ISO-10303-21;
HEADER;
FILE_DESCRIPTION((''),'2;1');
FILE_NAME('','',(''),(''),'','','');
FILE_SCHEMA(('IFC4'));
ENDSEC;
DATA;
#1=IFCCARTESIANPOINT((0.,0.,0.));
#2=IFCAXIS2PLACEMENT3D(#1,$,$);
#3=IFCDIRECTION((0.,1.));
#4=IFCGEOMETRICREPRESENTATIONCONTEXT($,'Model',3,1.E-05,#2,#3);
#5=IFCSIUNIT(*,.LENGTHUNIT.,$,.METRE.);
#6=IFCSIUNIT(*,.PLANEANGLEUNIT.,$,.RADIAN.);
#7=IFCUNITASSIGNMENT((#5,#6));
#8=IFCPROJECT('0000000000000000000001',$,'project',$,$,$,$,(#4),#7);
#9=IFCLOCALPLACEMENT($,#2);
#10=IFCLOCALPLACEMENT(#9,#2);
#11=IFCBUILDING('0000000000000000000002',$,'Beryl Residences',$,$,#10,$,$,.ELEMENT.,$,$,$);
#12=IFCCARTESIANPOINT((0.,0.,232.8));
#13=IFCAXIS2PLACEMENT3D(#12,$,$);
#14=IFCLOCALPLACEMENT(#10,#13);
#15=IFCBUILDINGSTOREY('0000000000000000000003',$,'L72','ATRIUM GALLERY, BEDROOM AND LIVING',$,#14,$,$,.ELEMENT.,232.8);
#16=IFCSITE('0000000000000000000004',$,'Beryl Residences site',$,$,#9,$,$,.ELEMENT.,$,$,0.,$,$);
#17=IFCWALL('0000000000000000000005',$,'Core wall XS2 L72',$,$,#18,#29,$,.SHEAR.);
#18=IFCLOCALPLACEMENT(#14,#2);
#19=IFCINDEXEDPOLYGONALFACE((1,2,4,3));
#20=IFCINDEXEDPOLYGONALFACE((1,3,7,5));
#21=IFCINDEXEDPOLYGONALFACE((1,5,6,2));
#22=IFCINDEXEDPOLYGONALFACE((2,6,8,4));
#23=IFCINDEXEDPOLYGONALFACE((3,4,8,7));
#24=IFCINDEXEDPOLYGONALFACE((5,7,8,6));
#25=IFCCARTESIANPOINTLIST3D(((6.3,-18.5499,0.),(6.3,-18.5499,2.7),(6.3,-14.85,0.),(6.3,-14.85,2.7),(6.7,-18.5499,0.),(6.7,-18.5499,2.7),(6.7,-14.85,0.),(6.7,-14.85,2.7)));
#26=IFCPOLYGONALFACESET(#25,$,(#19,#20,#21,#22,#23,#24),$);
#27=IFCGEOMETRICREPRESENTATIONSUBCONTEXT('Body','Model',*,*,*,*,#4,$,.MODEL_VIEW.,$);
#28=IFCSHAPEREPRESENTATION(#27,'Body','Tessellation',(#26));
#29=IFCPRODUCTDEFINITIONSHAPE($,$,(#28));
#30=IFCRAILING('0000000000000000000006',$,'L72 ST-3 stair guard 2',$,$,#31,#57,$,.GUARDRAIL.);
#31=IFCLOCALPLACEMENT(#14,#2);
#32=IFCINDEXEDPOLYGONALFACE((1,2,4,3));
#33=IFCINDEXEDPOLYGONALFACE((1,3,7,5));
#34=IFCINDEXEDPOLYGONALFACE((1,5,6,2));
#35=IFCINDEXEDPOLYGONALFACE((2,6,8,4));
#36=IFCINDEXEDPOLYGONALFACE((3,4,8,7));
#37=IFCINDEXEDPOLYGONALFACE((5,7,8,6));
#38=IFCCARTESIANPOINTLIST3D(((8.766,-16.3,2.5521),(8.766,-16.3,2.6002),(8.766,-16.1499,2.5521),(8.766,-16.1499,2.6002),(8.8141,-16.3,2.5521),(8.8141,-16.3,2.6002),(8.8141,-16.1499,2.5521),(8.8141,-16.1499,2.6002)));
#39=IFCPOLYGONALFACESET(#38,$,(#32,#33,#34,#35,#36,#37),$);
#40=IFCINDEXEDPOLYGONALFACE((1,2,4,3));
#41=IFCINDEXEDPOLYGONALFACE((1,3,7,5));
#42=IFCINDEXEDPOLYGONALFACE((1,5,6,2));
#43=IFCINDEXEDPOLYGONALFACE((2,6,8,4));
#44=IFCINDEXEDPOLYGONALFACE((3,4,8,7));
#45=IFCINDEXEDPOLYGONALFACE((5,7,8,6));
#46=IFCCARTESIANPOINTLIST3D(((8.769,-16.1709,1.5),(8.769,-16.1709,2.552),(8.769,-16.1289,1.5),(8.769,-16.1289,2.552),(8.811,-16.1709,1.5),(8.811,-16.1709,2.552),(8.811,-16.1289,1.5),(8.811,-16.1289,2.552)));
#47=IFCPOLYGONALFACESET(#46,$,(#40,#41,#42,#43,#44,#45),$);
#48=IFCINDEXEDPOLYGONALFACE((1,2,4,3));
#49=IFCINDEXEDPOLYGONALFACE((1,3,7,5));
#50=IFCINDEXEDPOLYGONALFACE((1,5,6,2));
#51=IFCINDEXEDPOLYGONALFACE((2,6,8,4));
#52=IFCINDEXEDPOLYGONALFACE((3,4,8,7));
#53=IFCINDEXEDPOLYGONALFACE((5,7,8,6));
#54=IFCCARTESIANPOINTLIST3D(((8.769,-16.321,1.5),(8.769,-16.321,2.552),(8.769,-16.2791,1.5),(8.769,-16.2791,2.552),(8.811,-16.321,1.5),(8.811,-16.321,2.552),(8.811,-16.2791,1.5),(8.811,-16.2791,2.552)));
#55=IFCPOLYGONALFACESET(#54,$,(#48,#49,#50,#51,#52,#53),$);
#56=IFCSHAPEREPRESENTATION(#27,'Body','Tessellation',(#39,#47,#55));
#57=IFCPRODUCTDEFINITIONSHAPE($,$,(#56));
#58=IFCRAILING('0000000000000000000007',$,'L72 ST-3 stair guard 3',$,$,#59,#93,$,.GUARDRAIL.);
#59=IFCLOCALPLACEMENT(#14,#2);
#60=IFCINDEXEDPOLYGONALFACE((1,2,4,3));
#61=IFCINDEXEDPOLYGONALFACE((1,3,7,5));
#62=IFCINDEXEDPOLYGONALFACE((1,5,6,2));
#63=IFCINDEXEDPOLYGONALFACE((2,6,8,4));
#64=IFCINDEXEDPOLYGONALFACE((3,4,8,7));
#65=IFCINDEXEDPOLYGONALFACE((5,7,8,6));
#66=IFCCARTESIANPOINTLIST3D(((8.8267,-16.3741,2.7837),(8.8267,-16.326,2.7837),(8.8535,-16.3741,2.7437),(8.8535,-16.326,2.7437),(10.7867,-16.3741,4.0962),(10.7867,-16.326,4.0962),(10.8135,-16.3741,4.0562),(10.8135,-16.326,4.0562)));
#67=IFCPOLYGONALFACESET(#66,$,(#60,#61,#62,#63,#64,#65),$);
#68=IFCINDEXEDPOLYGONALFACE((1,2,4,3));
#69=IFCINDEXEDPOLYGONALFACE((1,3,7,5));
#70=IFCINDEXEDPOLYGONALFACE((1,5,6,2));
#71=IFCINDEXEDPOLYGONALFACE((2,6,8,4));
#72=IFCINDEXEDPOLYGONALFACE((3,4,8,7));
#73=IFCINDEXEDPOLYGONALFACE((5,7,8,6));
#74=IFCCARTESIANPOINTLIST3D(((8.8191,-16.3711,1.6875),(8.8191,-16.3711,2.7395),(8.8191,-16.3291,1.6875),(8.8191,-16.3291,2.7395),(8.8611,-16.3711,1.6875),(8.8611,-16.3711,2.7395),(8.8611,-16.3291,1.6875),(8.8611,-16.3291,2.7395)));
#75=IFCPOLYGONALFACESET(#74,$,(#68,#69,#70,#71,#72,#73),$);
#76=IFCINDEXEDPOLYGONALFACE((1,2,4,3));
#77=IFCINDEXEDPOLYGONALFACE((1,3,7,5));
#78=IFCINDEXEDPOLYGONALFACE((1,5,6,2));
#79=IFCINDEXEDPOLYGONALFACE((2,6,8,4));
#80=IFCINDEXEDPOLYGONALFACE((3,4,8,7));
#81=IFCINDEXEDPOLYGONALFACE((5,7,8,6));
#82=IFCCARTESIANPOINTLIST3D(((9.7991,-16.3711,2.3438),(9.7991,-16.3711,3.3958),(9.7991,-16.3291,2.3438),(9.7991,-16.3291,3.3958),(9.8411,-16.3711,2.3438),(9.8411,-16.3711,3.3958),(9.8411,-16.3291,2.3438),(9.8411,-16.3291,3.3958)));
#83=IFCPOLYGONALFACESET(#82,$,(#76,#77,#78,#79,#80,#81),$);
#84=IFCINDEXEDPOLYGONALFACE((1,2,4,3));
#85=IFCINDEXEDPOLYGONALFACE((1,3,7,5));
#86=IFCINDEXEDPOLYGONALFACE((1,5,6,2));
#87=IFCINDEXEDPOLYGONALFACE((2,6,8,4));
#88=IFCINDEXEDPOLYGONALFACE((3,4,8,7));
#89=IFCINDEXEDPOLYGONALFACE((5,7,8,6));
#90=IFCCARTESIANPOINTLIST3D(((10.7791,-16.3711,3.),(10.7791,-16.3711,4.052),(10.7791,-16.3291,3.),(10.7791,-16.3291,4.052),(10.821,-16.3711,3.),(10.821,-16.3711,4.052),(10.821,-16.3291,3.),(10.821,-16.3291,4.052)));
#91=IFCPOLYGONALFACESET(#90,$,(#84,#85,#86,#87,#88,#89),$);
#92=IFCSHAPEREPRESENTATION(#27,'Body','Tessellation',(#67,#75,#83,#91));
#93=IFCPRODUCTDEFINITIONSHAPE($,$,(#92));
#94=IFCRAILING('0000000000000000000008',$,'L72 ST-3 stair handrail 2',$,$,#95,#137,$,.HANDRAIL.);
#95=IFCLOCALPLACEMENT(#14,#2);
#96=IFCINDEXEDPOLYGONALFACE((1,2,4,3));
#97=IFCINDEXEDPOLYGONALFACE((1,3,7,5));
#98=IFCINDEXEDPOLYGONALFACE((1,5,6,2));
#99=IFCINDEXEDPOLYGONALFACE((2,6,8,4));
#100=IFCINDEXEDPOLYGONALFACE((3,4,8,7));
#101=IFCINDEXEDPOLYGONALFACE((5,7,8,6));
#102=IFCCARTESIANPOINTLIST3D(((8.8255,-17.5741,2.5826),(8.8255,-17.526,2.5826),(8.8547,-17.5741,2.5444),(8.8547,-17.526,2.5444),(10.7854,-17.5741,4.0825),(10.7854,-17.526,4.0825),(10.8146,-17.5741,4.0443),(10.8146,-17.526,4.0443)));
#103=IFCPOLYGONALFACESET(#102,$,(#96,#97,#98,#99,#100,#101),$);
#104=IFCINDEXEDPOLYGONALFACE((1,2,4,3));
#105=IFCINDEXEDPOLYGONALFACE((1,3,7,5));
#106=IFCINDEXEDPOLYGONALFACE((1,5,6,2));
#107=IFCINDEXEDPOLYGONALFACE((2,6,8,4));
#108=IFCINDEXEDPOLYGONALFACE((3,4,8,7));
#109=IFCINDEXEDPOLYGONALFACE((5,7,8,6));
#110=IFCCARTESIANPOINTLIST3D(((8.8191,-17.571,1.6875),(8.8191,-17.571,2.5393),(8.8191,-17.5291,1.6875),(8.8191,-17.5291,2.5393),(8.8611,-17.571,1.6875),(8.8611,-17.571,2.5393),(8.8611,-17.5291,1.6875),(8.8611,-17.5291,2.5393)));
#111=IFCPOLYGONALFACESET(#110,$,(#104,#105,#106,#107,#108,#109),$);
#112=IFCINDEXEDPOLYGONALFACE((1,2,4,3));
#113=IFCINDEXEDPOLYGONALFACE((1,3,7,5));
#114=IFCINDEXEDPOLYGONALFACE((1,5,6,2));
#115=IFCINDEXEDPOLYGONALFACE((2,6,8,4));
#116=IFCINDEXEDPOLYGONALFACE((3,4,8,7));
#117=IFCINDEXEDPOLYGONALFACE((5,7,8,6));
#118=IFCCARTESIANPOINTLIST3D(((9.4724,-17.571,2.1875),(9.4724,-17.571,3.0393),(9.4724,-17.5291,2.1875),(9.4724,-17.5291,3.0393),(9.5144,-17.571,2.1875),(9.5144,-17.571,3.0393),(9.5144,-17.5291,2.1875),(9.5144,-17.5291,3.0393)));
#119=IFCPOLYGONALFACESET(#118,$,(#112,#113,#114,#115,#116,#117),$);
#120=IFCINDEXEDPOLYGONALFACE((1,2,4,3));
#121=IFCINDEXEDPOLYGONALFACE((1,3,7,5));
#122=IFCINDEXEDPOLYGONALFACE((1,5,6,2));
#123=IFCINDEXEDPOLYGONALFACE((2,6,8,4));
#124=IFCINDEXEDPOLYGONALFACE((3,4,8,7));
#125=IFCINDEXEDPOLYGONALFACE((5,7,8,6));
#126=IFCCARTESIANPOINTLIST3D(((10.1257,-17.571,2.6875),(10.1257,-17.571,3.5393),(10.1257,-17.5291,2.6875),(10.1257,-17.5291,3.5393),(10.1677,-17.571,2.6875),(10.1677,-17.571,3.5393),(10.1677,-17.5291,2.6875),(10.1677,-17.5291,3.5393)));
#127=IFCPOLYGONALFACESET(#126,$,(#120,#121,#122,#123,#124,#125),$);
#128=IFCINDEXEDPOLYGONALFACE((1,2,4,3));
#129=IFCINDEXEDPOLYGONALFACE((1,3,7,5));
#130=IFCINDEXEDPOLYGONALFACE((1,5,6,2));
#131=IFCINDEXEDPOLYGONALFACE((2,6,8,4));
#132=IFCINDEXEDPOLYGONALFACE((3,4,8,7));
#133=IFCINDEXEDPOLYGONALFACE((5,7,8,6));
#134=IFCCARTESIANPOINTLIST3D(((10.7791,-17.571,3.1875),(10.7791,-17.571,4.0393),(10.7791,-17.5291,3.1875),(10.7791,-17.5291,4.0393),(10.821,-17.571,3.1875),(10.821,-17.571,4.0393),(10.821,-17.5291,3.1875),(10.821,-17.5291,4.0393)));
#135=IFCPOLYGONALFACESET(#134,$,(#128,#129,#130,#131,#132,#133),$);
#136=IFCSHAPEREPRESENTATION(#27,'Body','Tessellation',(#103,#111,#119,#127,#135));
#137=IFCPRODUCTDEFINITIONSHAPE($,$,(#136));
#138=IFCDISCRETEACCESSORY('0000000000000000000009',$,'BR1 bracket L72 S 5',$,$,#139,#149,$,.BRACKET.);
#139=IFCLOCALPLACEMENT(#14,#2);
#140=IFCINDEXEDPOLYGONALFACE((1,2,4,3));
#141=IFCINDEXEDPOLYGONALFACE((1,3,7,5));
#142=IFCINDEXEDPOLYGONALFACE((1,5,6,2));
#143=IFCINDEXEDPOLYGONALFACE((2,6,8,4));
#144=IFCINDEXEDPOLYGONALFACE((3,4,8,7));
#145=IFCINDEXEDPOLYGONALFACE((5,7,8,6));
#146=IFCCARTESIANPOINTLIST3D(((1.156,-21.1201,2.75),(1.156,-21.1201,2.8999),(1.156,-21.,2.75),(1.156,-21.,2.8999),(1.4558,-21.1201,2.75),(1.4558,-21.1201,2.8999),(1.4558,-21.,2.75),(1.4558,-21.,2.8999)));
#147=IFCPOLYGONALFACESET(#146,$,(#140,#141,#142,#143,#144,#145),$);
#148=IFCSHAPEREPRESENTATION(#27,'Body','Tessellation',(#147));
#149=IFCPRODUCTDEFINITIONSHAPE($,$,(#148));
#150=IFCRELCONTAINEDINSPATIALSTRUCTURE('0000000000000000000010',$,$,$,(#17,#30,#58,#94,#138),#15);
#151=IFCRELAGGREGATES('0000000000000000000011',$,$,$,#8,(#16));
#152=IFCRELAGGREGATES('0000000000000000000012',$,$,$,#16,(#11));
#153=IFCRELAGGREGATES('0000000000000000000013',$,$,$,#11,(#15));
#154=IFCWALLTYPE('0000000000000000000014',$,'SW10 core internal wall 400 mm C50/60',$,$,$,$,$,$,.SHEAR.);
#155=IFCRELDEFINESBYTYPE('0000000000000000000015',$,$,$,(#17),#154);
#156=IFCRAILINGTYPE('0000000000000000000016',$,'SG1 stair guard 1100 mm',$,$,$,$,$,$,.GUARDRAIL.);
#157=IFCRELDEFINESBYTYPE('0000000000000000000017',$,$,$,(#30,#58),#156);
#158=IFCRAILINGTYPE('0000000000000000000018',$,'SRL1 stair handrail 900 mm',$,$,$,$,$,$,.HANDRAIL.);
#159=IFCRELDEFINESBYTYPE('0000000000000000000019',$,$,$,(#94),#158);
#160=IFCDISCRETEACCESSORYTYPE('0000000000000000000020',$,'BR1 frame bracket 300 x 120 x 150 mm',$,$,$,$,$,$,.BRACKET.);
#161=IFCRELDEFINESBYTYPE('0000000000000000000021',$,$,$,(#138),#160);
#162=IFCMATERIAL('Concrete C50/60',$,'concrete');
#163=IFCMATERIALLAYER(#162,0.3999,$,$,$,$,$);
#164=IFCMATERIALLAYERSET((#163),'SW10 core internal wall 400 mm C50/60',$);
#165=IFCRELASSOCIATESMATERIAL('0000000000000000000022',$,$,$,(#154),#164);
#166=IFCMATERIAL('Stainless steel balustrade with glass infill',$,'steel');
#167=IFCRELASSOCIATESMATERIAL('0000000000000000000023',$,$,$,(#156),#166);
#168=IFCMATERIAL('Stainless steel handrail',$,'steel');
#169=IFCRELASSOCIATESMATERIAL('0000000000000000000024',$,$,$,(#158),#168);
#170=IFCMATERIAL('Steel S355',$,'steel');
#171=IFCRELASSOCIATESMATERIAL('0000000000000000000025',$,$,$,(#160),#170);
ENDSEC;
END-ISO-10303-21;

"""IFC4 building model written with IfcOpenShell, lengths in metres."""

from ifc_helpers import new_model, si_unit, direction, frame, frame_2d, origin, origin_2d, place, context, subcontext, project, spatial, polyline, rectangle, outline, extrude, source, transform, mapped, material, layer, layer_set, type_object, type_shapes, element, save


model = new_model("IFC4")

# Units and contexts
model_context = context("Model", 3, precision=1e-05, world=origin(), true_north=direction((0.0, 1.0)))
body_context = subcontext(model_context, "Body", "Model", "MODEL_VIEW")
ifc_project = project(units=[si_unit("LENGTHUNIT", "METRE"), si_unit("PLANEANGLEUNIT", "RADIAN")], contexts=[model_context])

# Site, building, storey
site_placement = place(None, origin())
site = spatial("IfcSite", under=ifc_project, at=site_placement, Name="Beryl Residences site", CompositionType="ELEMENT", RefElevation=0.0)
building_placement = place(site_placement, origin())
building = spatial("IfcBuilding", under=site, at=building_placement, Name="Beryl Residences", CompositionType="ELEMENT")
storey_placement = place(building_placement, frame((0.0, 0.0, 232.8)))
storey = spatial("IfcBuildingStorey", under=building, at=storey_placement, Name="L72", Description="ATRIUM GALLERY, BEDROOM AND LIVING", CompositionType="ELEMENT", Elevation=232.8)

# Wall
ifc_material_1 = material(Name="Concrete C50/60", Category="concrete")
ifc_layer_1 = layer(ifc_material_1, 0.3999)
ifc_layer_set_1 = layer_set([ifc_layer_1], Name="SW10 core internal wall 400 mm C50/60")
wall_type_1 = type_object("IfcWallType", Name="SW10 core internal wall 400 mm C50/60", PredefinedType="SHEAR", material=ifc_layer_set_1)
wall_1_placement = place(storey_placement, frame((6.5, -18.55, 0.0), z_axis=(0.0, 0.0, 1.0), x_axis=(0.0, 1.0, 0.0)))
element("IfcWall", 1, at=wall_1_placement, inside=storey, type_object=wall_type_1, Name="Core wall XS2 L72", PredefinedType="SHEAR", context=body_context, shape_type="SweptSolid", body=[
    extrude(rectangle(XDim=3.7, YDim=0.3999, at=frame_2d((1.8501, 0.0))), origin(), (0.0, 0.0, 1.0), 2.7),
])

# Railings
ifc_material_2 = material(Name="Stainless steel balustrade with glass infill", Category="steel")
railing_type_1 = type_object("IfcRailingType", Name="SG1 stair guard 1100 mm", PredefinedType="GUARDRAIL", material=ifc_material_2)
railing_1_placement = place(storey_placement, frame((8.79, -16.1499, 1.5)))
element("IfcRailing", 2, at=railing_1_placement, inside=storey, type_object=railing_type_1, Name="L72 ST-3 stair guard 2", PredefinedType="GUARDRAIL", context=body_context, shape_type="SweptSolid", body=[
    extrude(rectangle(XDim=0.0481, YDim=0.0481, at=origin_2d()), frame((0.0, 0.0, 1.0762), z_axis=(0.0, -1.0, 0.0), x_axis=(1.0, 0.0, 0.0)), (0.0, 0.0, 1.0), 0.1501),
    extrude(rectangle(XDim=0.042, YDim=0.042, at=origin_2d()), origin(), (0.0, 0.0, 1.0), 1.052),
    extrude(rectangle(XDim=0.042, YDim=0.042, at=origin_2d()), frame((0.0, -0.1501, 0.0)), (0.0, 0.0, 1.0), 1.052),
])
railing_2_placement = place(storey_placement, frame((8.8401, -16.3501, 1.6875)))
element("IfcRailing", 3, at=railing_2_placement, inside=storey, type_object=railing_type_1, Name="L72 ST-3 stair guard 3", PredefinedType="GUARDRAIL", context=body_context, shape_type="SweptSolid", body=[
    extrude(rectangle(XDim=0.0481, YDim=0.0481, at=origin_2d()), frame((0.0, 0.0, 1.0762), z_axis=(0.830902, 0.0, 0.556419), x_axis=(0.0, 1.0, 0.0)), (0.0, 0.0, 1.0), 2.3589),
    extrude(rectangle(XDim=0.042, YDim=0.042, at=origin_2d()), origin(), (0.0, 0.0, 1.0), 1.052),
    extrude(rectangle(XDim=0.042, YDim=0.042, at=origin_2d()), frame((0.98, 0.0, 0.6562)), (0.0, 0.0, 1.0), 1.052),
    extrude(rectangle(XDim=0.042, YDim=0.042, at=origin_2d()), frame((1.96, 0.0, 1.3125)), (0.0, 0.0, 1.0), 1.052),
])
ifc_material_3 = material(Name="Stainless steel handrail", Category="steel")
railing_type_2 = type_object("IfcRailingType", Name="SRL1 stair handrail 900 mm", PredefinedType="HANDRAIL", material=ifc_material_3)
railing_3_placement = place(storey_placement, frame((8.8401, -17.55, 1.6875)))
element("IfcRailing", 4, at=railing_3_placement, inside=storey, type_object=railing_type_2, Name="L72 ST-3 stair handrail 2", PredefinedType="HANDRAIL", context=body_context, shape_type="SweptSolid", body=[
    extrude(rectangle(XDim=0.0481, YDim=0.0481, at=origin_2d()), frame((0.0, 0.0, 0.876), z_axis=(0.794122, 0.0, 0.607758), x_axis=(0.0, 1.0, 0.0)), (0.0, 0.0, 1.0), 2.468),
    extrude(rectangle(XDim=0.042, YDim=0.042, at=origin_2d()), origin(), (0.0, 0.0, 1.0), 0.8518),
    extrude(rectangle(XDim=0.042, YDim=0.042, at=origin_2d()), frame((0.6533, 0.0, 0.5)), (0.0, 0.0, 1.0), 0.8518),
    extrude(rectangle(XDim=0.042, YDim=0.042, at=origin_2d()), frame((1.3066, 0.0, 1.0)), (0.0, 0.0, 1.0), 0.8518),
    extrude(rectangle(XDim=0.042, YDim=0.042, at=origin_2d()), frame((1.96, 0.0, 1.5)), (0.0, 0.0, 1.0), 0.8518),
])

# Discrete accessory
ifc_material_4 = material(Name="Steel S355", Category="steel")
discrete_accessory_type = type_object("IfcDiscreteAccessoryType", Name="BR1 frame bracket 300 x 120 x 150 mm", PredefinedType="BRACKET", material=ifc_material_4)
shared_shape_1 = source(origin(), body_context, "Body", "SweptSolid", [
    extrude(outline(polyline([(-0.1499, 0.0), (0.1499, 0.0), (0.1499, 0.1201), (-0.1499, 0.1201), (-0.1499, 0.0)])), origin(), (0.0, 0.0, 1.0), 0.1499),
])
type_shapes(discrete_accessory_type, [shared_shape_1])
discrete_accessory_placement = place(storey_placement, frame((1.3059, -21.0, 2.75), z_axis=(0.0, 0.0, 1.0), x_axis=(-1.0, 0.0, 0.0)))
element("IfcDiscreteAccessory", 5, at=discrete_accessory_placement, inside=storey, type_object=discrete_accessory_type, Name="BR1 bracket L72 S 5", PredefinedType="BRACKET", context=body_context, shape_type="MappedRepresentation", body=[
    mapped(shared_shape_1, transform((0.0, 0.0, 0.0))),
])

save(model, "model.ifc")
